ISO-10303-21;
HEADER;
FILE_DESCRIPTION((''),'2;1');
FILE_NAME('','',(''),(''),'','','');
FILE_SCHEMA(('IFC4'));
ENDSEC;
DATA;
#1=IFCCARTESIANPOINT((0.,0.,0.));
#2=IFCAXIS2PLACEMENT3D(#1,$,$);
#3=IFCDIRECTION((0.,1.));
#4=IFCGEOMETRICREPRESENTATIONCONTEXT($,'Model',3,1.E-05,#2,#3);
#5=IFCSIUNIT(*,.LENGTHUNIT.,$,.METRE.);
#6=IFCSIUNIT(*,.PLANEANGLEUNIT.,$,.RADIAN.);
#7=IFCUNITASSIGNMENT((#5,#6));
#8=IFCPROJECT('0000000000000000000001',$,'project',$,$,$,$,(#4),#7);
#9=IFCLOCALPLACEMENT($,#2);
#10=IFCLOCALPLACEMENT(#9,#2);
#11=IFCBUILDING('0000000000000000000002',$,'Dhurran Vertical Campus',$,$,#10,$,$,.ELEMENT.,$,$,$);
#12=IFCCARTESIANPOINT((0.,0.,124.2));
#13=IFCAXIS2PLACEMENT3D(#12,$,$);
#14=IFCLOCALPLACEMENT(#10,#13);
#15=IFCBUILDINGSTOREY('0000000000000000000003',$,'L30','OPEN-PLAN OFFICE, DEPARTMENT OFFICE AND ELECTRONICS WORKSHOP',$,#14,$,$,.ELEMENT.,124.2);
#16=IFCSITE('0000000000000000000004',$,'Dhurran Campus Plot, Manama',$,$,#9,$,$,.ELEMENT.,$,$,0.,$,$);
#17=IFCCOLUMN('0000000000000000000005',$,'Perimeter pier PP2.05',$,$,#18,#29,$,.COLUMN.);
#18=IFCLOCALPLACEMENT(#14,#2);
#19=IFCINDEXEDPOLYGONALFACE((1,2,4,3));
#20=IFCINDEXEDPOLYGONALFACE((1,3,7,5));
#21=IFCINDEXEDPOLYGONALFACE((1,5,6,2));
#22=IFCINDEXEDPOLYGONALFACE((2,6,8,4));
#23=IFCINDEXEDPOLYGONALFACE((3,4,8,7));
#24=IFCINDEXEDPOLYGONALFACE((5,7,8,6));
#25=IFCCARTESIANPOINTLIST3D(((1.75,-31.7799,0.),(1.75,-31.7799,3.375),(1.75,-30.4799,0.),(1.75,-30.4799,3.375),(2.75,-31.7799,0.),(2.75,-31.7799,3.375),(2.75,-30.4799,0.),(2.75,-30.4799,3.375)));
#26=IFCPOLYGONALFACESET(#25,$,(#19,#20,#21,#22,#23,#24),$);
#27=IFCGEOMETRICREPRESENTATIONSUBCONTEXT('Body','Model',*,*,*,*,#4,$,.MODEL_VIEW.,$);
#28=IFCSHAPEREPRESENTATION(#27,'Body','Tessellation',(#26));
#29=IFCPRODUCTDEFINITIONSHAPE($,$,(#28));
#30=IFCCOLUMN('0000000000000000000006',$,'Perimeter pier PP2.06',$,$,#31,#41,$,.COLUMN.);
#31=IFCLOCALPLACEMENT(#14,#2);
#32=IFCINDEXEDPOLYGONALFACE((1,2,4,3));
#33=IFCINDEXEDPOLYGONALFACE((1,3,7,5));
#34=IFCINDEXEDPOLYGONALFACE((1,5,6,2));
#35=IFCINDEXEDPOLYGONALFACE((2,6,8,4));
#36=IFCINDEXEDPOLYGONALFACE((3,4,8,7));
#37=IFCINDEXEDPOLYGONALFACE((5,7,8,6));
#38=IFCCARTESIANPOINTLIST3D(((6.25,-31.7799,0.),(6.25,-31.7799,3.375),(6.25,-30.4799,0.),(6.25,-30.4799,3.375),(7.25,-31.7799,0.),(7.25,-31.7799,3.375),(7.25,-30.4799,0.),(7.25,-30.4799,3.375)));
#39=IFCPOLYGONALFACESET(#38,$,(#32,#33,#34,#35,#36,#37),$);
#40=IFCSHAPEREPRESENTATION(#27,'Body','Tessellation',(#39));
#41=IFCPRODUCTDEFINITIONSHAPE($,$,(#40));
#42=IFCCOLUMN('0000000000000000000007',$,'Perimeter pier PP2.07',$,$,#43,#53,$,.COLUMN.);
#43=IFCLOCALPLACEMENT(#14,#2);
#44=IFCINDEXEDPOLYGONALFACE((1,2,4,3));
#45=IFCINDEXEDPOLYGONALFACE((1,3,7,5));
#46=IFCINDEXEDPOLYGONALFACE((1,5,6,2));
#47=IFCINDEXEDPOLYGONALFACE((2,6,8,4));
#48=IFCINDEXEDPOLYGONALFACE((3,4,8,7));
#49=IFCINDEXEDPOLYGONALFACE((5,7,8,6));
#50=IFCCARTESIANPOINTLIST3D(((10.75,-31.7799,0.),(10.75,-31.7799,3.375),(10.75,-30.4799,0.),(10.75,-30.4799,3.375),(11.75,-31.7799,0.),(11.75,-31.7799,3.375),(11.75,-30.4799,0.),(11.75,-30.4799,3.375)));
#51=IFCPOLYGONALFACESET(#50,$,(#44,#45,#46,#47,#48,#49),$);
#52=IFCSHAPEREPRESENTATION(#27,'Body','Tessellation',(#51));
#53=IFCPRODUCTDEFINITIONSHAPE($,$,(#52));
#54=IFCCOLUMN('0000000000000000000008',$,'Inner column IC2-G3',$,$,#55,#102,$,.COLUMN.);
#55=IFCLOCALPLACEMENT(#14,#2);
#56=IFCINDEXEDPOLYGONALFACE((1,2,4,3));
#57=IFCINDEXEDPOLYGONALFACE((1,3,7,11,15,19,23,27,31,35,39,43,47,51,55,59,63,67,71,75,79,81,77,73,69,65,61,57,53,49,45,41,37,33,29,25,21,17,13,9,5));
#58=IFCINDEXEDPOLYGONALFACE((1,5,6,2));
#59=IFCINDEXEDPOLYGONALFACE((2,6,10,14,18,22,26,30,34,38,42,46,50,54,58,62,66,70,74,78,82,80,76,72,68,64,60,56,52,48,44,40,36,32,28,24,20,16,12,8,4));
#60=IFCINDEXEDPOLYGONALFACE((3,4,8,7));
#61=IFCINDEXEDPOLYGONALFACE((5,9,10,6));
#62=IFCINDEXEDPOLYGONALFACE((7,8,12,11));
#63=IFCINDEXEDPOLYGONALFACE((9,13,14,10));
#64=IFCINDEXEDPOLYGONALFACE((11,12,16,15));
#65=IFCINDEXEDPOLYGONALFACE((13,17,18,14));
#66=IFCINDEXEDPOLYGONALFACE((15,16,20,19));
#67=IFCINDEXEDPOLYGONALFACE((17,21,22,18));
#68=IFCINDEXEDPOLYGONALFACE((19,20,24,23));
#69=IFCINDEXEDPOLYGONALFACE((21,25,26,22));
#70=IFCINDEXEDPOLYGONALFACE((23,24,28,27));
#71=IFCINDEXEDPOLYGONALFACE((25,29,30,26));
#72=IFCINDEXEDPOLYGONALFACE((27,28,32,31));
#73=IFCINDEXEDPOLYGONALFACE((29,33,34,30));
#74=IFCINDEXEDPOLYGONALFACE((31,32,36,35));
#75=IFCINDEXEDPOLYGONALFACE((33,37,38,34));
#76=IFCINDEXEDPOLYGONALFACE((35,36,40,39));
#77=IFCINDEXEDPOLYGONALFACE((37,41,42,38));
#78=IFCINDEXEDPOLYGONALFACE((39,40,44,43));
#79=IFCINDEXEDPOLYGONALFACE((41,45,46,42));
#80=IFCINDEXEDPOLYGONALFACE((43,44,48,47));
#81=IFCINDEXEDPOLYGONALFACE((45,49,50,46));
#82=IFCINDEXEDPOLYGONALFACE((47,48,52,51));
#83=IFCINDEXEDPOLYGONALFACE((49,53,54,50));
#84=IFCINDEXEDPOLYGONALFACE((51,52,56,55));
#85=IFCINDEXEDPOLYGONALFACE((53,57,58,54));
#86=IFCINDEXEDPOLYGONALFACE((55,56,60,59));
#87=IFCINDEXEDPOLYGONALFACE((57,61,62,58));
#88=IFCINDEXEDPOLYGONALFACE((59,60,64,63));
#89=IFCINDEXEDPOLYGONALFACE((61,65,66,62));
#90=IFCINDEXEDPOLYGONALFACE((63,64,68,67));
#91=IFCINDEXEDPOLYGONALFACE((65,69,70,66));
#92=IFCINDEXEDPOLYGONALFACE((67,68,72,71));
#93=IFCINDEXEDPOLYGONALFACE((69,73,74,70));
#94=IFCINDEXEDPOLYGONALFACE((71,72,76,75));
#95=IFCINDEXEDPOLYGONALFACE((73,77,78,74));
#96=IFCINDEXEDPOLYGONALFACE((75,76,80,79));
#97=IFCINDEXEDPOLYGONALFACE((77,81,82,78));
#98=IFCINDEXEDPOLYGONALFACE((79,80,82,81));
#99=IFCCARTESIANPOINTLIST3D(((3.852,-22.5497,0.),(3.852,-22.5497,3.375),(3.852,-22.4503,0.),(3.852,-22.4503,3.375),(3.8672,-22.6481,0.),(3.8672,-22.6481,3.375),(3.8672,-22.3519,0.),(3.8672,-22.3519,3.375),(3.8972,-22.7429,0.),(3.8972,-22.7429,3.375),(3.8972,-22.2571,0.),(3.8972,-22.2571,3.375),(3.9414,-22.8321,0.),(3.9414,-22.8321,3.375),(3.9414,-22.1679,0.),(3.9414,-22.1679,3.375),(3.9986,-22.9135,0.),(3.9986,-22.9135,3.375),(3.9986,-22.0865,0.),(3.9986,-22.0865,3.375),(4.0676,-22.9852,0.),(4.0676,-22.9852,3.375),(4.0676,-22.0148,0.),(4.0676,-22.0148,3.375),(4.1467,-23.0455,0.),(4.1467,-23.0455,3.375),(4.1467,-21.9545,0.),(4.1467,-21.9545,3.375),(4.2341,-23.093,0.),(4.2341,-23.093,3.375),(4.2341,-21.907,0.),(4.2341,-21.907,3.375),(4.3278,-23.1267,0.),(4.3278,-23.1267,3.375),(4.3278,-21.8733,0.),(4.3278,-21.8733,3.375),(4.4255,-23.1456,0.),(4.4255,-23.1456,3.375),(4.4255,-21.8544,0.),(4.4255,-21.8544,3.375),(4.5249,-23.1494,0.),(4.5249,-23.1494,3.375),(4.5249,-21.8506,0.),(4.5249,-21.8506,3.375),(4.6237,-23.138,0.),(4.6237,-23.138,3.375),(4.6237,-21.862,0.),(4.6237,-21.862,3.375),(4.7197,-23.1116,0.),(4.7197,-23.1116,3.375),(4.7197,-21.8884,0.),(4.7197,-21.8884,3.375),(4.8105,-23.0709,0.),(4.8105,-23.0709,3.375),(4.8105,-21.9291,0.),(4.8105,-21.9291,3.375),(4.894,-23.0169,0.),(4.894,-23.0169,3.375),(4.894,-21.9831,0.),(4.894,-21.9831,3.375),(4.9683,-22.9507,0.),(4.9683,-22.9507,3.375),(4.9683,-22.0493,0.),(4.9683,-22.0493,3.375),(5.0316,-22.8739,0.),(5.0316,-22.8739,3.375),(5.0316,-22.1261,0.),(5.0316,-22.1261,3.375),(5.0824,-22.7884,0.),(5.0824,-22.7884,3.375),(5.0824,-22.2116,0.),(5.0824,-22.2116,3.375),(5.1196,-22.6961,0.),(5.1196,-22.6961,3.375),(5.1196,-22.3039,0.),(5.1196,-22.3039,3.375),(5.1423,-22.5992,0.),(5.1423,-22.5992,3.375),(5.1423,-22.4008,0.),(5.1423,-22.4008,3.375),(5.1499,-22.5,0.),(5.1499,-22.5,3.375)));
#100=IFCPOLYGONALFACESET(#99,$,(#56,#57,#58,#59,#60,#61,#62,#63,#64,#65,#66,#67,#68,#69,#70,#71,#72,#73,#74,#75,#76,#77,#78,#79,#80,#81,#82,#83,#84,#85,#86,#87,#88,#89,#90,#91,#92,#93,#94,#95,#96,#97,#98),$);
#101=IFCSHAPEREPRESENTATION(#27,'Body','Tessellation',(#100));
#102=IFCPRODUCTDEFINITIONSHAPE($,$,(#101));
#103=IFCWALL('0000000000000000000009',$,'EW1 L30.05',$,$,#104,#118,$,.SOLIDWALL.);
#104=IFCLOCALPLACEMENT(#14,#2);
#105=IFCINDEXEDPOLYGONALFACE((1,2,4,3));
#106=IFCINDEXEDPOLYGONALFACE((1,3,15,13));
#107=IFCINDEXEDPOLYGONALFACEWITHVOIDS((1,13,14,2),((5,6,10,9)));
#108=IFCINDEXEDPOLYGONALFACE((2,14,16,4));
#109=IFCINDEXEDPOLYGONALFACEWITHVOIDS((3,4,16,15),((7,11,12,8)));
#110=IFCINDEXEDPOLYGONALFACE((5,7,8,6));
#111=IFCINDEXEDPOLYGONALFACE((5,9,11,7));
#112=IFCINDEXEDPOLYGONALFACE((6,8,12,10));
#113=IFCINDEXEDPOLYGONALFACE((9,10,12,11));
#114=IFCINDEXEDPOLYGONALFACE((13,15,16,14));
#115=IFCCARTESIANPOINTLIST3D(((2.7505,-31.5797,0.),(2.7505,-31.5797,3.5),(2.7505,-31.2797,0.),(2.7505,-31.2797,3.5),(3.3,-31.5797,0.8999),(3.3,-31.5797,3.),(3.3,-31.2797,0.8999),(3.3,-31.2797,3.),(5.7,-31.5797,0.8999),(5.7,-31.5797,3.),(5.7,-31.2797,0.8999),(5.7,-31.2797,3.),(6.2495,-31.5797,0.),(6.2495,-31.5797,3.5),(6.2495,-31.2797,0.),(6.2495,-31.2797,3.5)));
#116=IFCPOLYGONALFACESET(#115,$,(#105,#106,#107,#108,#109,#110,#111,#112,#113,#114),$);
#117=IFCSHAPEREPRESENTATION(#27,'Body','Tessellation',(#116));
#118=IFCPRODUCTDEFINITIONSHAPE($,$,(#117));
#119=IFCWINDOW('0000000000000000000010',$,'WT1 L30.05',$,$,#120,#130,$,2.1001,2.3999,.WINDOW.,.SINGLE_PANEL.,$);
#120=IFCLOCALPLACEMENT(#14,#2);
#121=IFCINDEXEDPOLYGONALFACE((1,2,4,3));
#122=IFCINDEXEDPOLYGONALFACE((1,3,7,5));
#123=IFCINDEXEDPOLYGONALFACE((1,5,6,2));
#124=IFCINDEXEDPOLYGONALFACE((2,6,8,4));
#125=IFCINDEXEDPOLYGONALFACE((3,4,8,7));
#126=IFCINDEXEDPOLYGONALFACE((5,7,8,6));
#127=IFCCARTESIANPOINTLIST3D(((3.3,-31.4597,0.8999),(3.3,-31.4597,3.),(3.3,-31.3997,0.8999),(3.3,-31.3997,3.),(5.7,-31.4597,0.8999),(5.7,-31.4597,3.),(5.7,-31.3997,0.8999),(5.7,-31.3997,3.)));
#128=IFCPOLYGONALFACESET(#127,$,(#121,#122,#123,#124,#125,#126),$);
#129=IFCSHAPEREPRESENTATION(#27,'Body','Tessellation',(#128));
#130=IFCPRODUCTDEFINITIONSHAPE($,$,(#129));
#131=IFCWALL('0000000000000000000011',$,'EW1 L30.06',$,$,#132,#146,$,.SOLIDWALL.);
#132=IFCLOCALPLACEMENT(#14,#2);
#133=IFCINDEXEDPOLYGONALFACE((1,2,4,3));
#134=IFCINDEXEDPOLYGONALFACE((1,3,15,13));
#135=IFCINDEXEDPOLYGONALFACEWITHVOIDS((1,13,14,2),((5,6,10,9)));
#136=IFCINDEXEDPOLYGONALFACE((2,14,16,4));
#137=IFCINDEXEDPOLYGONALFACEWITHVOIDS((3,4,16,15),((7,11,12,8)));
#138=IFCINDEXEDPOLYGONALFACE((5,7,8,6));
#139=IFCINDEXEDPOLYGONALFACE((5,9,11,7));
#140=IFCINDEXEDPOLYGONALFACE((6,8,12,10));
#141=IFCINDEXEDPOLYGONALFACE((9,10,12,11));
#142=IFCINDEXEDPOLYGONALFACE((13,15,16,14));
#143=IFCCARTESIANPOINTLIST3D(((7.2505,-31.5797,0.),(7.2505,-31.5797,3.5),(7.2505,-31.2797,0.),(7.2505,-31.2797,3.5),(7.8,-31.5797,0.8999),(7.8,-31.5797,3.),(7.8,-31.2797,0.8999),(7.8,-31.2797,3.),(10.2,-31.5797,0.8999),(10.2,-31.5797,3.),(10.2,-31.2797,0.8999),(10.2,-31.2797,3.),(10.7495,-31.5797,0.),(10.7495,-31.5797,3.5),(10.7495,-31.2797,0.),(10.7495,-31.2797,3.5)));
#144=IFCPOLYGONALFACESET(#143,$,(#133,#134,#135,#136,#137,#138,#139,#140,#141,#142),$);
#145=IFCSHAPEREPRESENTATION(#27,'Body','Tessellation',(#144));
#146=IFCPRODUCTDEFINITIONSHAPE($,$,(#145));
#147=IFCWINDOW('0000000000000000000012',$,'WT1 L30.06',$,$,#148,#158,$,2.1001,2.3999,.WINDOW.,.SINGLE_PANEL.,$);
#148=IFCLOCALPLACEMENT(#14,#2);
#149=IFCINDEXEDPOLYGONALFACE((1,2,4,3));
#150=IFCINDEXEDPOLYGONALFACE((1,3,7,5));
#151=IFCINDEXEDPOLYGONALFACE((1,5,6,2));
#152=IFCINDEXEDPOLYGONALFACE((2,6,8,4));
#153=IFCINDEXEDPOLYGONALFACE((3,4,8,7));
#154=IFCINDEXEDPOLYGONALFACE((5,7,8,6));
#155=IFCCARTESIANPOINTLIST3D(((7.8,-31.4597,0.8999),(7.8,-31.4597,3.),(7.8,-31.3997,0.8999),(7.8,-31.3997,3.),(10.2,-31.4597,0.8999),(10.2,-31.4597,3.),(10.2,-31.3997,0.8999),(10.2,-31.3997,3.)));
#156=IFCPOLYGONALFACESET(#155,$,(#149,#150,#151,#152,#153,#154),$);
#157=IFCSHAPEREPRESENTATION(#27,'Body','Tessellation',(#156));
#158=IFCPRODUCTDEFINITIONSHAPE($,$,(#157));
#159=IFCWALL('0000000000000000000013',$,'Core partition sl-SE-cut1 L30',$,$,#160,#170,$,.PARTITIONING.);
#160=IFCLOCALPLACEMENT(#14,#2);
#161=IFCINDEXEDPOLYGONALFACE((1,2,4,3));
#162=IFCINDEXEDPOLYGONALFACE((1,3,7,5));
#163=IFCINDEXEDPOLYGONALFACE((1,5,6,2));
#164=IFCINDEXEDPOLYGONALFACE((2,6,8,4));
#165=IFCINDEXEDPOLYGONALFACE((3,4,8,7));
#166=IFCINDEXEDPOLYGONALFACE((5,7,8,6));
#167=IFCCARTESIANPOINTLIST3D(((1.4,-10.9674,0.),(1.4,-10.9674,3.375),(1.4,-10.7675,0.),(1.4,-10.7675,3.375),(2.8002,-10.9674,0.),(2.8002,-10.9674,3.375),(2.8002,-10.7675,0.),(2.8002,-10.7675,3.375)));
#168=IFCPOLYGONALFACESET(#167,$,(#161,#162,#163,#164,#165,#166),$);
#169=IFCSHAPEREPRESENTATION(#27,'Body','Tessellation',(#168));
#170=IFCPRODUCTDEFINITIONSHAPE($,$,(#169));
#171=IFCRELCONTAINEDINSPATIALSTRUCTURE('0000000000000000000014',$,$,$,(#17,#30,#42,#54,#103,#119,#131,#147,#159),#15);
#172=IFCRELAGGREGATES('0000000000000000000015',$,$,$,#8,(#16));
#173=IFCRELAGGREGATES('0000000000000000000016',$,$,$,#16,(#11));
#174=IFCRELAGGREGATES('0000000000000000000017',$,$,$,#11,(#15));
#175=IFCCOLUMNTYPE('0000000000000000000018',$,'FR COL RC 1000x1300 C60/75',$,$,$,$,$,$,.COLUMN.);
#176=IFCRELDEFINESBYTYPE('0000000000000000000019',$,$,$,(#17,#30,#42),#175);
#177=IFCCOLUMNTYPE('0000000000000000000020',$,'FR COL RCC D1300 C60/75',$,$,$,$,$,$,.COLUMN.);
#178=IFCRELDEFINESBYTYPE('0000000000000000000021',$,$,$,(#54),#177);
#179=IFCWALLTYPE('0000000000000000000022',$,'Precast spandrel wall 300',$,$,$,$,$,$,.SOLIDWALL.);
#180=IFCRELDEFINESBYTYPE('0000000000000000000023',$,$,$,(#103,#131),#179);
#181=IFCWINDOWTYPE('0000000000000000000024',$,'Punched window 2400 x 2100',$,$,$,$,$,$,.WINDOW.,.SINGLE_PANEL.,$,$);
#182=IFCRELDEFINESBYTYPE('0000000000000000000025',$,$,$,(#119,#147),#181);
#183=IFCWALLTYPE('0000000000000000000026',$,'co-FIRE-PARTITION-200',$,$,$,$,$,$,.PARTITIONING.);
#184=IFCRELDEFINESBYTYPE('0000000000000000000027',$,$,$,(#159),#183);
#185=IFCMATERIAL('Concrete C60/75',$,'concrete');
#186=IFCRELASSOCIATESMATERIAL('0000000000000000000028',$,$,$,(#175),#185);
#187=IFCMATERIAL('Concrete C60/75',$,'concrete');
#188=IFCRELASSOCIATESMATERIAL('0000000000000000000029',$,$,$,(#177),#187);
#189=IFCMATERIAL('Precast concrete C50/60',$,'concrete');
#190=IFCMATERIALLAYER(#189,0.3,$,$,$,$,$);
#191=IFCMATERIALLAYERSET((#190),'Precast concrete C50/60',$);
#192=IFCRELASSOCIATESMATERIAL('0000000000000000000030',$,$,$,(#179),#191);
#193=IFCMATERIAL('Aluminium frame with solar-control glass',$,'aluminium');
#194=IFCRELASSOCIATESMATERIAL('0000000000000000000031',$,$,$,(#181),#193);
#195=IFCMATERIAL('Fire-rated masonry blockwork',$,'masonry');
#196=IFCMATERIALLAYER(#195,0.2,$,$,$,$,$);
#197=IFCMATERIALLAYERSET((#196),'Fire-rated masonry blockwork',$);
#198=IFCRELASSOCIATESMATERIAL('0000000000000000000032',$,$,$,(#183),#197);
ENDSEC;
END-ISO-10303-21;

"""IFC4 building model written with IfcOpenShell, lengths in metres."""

from ifc_helpers import new_model, si_unit, direction, frame, frame_2d, origin, origin_2d, place, context, subcontext, project, spatial, rectangle, circle, extrude, material, layer, layer_set, material_profile, profile_set, type_object, element, fill, save


model = new_model("IFC4")

# Units and contexts
model_context = context("Model", 3, precision=1e-05, world=origin(), true_north=direction((0.0, 1.0)))
body_context = subcontext(model_context, "Body", "Model", "MODEL_VIEW")
ifc_project = project(units=[si_unit("LENGTHUNIT", "METRE"), si_unit("PLANEANGLEUNIT", "RADIAN")], contexts=[model_context])

# Site, building, storey
site_placement = place(None, origin())
site = spatial("IfcSite", under=ifc_project, at=site_placement, Name="Dhurran Campus Plot, Manama", CompositionType="ELEMENT", RefElevation=0.0)
building_placement = place(site_placement, origin())
building = spatial("IfcBuilding", under=site, at=building_placement, Name="Dhurran Vertical Campus", CompositionType="ELEMENT")
storey_placement = place(building_placement, frame((0.0, 0.0, 124.2)))
storey = spatial("IfcBuildingStorey", under=building, at=storey_placement, Name="L30", Description="OPEN-PLAN OFFICE, DEPARTMENT OFFICE AND ELECTRONICS WORKSHOP", CompositionType="ELEMENT", Elevation=124.2)

# Columns
ifc_material_1 = material(Name="Concrete C60/75", Category="concrete")
ifc_material_profile_1 = material_profile(ifc_material_1, rectangle(XDim=1.0, YDim=1.3, at=origin_2d()), Name="RC 1000x1300")
ifc_profile_set_1 = profile_set([ifc_material_profile_1], Name="Concrete C60/75")
column_type_1 = type_object("IfcColumnType", Name="FR COL RC 1000x1300 C60/75", PredefinedType="COLUMN", material=ifc_profile_set_1)
for number, where, z_axis, x_axis, name in (
    (1, (2.25, -31.1299, 0.0), (0.0, 0.0, 1.0), (1.0, 0.0, 0.0), "Perimeter pier PP2.05"),
    (2, (6.75, -31.1299, 0.0), (0.0, 0.0, 1.0), (1.0, 0.0, 0.0), "Perimeter pier PP2.06"),
    (3, (11.25, -31.1299, 0.0), (0.0, 0.0, 1.0), (1.0, 0.0, 0.0), "Perimeter pier PP2.07"),
):
    element("IfcColumn", number, at=place(storey_placement, frame(where, z_axis=z_axis, x_axis=x_axis)), inside=storey, type_object=column_type_1, Name=name, PredefinedType="COLUMN", context=body_context, shape_type="SweptSolid", body=[
        extrude(rectangle(XDim=1.0, YDim=1.3, at=origin_2d()), origin(), (0.0, 0.0, 1.0), 3.375),
    ])
ifc_material_2 = material(Name="Concrete C60/75", Category="concrete")
ifc_material_profile_2 = material_profile(ifc_material_2, circle(Radius=0.6499, at=origin_2d()), Name="RCC D1300")
ifc_profile_set_2 = profile_set([ifc_material_profile_2], Name="Concrete C60/75")
column_type_2 = type_object("IfcColumnType", Name="FR COL RCC D1300 C60/75", PredefinedType="COLUMN", material=ifc_profile_set_2)
column_placement = place(storey_placement, frame((4.5, -22.5, 0.0), z_axis=(0.0, 0.0, 1.0), x_axis=(1.0, 0.0, 0.0)))
element("IfcColumn", 4, at=column_placement, inside=storey, type_object=column_type_2, Name="Inner column IC2-G3", PredefinedType="COLUMN", context=body_context, shape_type="SweptSolid", body=[
    extrude(circle(Radius=0.6499, at=origin_2d()), origin(), (0.0, 0.0, 1.0), 3.375),
])

# Walls, openings, windows
ifc_material_3 = material(Name="Precast concrete C50/60", Category="concrete")
ifc_layer_1 = layer(ifc_material_3, 0.3)
ifc_layer_set_1 = layer_set([ifc_layer_1], Name="Precast concrete C50/60")
wall_type_1 = type_object("IfcWallType", Name="Precast spandrel wall 300", PredefinedType="SOLIDWALL", material=ifc_layer_set_1)
wall_1_placement = place(storey_placement, frame((2.7505, -31.4297, 0.0), z_axis=(0.0, 0.0, 1.0), x_axis=(1.0, 0.0, 0.0)))
wall_1 = element("IfcWall", 5, at=wall_1_placement, inside=storey, type_object=wall_type_1, Name="EW1 L30.05", PredefinedType="SOLIDWALL", context=body_context, shape_type="SweptSolid", body=[
    extrude(rectangle(XDim=3.499, YDim=0.3, at=frame_2d((1.7495, 0.0))), origin(), (0.0, 0.0, 1.0), 3.5),
])
opening_1_placement = place(wall_1_placement, frame((0.5496, 0.0, 0.8999)))
opening_1 = element("IfcOpeningElement", 6, at=opening_1_placement, cuts=wall_1, PredefinedType="OPENING", context=body_context, shape_type="SweptSolid", body=[
    extrude(rectangle(XDim=2.3999, YDim=2.1001, at=frame_2d((1.2, 1.05))), frame((0.0, 0.1599, 0.0), z_axis=(0.0, -1.0, 0.0), x_axis=(1.0, 0.0, 0.0)), (0.0, 0.0, 1.0), 0.3201),
])
ifc_material_4 = material(Name="Aluminium frame with solar-control glass", Category="aluminium")
window_type = type_object("IfcWindowType", Name="Punched window 2400 x 2100", PartitioningType="SINGLE_PANEL", PredefinedType="WINDOW", material=ifc_material_4)
window_1_placement = place(opening_1_placement, origin())
window_1 = element("IfcWindow", 7, at=window_1_placement, inside=storey, type_object=window_type, Name="WT1 L30.05", OverallHeight=2.1001, OverallWidth=2.3999, PartitioningType="SINGLE_PANEL", PredefinedType="WINDOW", context=body_context, shape_type="SweptSolid", body=[
    extrude(rectangle(XDim=2.3999, YDim=2.1001, at=frame_2d((1.2, 1.05))), frame((0.0, 0.03, 0.0), z_axis=(0.0, -1.0, 0.0), x_axis=(1.0, 0.0, 0.0)), (0.0, 0.0, 1.0), 0.0601),
])
fill(opening_1, window_1)
wall_2_placement = place(storey_placement, frame((7.2505, -31.4297, 0.0), z_axis=(0.0, 0.0, 1.0), x_axis=(1.0, 0.0, 0.0)))
wall_2 = element("IfcWall", 8, at=wall_2_placement, inside=storey, type_object=wall_type_1, Name="EW1 L30.06", PredefinedType="SOLIDWALL", context=body_context, shape_type="SweptSolid", body=[
    extrude(rectangle(XDim=3.499, YDim=0.3, at=frame_2d((1.7495, 0.0))), origin(), (0.0, 0.0, 1.0), 3.5),
])
opening_2_placement = place(wall_2_placement, frame((0.5496, 0.0, 0.8999)))
opening_2 = element("IfcOpeningElement", 9, at=opening_2_placement, cuts=wall_2, PredefinedType="OPENING", context=body_context, shape_type="SweptSolid", body=[
    extrude(rectangle(XDim=2.3999, YDim=2.1001, at=frame_2d((1.2, 1.05))), frame((0.0, 0.1599, 0.0), z_axis=(0.0, -1.0, 0.0), x_axis=(1.0, 0.0, 0.0)), (0.0, 0.0, 1.0), 0.3201),
])
window_2_placement = place(opening_2_placement, origin())
window_2 = element("IfcWindow", 10, at=window_2_placement, inside=storey, type_object=window_type, Name="WT1 L30.06", OverallHeight=2.1001, OverallWidth=2.3999, PartitioningType="SINGLE_PANEL", PredefinedType="WINDOW", context=body_context, shape_type="SweptSolid", body=[
    extrude(rectangle(XDim=2.3999, YDim=2.1001, at=frame_2d((1.2, 1.05))), frame((0.0, 0.03, 0.0), z_axis=(0.0, -1.0, 0.0), x_axis=(1.0, 0.0, 0.0)), (0.0, 0.0, 1.0), 0.0601),
])
fill(opening_2, window_2)

# Wall
ifc_material_5 = material(Name="Fire-rated masonry blockwork", Category="masonry")
ifc_layer_2 = layer(ifc_material_5, 0.2)
ifc_layer_set_2 = layer_set([ifc_layer_2], Name="Fire-rated masonry blockwork")
wall_type_2 = type_object("IfcWallType", Name="co-FIRE-PARTITION-200", PredefinedType="PARTITIONING", material=ifc_layer_set_2)
wall_3_placement = place(storey_placement, frame((1.3999, -10.8674, 0.0), z_axis=(0.0, 0.0, 1.0), x_axis=(1.0, 0.0, 0.0)))
element("IfcWall", 11, at=wall_3_placement, inside=storey, type_object=wall_type_2, Name="Core partition sl-SE-cut1 L30", PredefinedType="PARTITIONING", context=body_context, shape_type="SweptSolid", body=[
    extrude(rectangle(XDim=1.4001, YDim=0.2, at=frame_2d((0.7002, 0.0))), origin(), (0.0, 0.0, 1.0), 3.375),
])

save(model, "model.ifc")
